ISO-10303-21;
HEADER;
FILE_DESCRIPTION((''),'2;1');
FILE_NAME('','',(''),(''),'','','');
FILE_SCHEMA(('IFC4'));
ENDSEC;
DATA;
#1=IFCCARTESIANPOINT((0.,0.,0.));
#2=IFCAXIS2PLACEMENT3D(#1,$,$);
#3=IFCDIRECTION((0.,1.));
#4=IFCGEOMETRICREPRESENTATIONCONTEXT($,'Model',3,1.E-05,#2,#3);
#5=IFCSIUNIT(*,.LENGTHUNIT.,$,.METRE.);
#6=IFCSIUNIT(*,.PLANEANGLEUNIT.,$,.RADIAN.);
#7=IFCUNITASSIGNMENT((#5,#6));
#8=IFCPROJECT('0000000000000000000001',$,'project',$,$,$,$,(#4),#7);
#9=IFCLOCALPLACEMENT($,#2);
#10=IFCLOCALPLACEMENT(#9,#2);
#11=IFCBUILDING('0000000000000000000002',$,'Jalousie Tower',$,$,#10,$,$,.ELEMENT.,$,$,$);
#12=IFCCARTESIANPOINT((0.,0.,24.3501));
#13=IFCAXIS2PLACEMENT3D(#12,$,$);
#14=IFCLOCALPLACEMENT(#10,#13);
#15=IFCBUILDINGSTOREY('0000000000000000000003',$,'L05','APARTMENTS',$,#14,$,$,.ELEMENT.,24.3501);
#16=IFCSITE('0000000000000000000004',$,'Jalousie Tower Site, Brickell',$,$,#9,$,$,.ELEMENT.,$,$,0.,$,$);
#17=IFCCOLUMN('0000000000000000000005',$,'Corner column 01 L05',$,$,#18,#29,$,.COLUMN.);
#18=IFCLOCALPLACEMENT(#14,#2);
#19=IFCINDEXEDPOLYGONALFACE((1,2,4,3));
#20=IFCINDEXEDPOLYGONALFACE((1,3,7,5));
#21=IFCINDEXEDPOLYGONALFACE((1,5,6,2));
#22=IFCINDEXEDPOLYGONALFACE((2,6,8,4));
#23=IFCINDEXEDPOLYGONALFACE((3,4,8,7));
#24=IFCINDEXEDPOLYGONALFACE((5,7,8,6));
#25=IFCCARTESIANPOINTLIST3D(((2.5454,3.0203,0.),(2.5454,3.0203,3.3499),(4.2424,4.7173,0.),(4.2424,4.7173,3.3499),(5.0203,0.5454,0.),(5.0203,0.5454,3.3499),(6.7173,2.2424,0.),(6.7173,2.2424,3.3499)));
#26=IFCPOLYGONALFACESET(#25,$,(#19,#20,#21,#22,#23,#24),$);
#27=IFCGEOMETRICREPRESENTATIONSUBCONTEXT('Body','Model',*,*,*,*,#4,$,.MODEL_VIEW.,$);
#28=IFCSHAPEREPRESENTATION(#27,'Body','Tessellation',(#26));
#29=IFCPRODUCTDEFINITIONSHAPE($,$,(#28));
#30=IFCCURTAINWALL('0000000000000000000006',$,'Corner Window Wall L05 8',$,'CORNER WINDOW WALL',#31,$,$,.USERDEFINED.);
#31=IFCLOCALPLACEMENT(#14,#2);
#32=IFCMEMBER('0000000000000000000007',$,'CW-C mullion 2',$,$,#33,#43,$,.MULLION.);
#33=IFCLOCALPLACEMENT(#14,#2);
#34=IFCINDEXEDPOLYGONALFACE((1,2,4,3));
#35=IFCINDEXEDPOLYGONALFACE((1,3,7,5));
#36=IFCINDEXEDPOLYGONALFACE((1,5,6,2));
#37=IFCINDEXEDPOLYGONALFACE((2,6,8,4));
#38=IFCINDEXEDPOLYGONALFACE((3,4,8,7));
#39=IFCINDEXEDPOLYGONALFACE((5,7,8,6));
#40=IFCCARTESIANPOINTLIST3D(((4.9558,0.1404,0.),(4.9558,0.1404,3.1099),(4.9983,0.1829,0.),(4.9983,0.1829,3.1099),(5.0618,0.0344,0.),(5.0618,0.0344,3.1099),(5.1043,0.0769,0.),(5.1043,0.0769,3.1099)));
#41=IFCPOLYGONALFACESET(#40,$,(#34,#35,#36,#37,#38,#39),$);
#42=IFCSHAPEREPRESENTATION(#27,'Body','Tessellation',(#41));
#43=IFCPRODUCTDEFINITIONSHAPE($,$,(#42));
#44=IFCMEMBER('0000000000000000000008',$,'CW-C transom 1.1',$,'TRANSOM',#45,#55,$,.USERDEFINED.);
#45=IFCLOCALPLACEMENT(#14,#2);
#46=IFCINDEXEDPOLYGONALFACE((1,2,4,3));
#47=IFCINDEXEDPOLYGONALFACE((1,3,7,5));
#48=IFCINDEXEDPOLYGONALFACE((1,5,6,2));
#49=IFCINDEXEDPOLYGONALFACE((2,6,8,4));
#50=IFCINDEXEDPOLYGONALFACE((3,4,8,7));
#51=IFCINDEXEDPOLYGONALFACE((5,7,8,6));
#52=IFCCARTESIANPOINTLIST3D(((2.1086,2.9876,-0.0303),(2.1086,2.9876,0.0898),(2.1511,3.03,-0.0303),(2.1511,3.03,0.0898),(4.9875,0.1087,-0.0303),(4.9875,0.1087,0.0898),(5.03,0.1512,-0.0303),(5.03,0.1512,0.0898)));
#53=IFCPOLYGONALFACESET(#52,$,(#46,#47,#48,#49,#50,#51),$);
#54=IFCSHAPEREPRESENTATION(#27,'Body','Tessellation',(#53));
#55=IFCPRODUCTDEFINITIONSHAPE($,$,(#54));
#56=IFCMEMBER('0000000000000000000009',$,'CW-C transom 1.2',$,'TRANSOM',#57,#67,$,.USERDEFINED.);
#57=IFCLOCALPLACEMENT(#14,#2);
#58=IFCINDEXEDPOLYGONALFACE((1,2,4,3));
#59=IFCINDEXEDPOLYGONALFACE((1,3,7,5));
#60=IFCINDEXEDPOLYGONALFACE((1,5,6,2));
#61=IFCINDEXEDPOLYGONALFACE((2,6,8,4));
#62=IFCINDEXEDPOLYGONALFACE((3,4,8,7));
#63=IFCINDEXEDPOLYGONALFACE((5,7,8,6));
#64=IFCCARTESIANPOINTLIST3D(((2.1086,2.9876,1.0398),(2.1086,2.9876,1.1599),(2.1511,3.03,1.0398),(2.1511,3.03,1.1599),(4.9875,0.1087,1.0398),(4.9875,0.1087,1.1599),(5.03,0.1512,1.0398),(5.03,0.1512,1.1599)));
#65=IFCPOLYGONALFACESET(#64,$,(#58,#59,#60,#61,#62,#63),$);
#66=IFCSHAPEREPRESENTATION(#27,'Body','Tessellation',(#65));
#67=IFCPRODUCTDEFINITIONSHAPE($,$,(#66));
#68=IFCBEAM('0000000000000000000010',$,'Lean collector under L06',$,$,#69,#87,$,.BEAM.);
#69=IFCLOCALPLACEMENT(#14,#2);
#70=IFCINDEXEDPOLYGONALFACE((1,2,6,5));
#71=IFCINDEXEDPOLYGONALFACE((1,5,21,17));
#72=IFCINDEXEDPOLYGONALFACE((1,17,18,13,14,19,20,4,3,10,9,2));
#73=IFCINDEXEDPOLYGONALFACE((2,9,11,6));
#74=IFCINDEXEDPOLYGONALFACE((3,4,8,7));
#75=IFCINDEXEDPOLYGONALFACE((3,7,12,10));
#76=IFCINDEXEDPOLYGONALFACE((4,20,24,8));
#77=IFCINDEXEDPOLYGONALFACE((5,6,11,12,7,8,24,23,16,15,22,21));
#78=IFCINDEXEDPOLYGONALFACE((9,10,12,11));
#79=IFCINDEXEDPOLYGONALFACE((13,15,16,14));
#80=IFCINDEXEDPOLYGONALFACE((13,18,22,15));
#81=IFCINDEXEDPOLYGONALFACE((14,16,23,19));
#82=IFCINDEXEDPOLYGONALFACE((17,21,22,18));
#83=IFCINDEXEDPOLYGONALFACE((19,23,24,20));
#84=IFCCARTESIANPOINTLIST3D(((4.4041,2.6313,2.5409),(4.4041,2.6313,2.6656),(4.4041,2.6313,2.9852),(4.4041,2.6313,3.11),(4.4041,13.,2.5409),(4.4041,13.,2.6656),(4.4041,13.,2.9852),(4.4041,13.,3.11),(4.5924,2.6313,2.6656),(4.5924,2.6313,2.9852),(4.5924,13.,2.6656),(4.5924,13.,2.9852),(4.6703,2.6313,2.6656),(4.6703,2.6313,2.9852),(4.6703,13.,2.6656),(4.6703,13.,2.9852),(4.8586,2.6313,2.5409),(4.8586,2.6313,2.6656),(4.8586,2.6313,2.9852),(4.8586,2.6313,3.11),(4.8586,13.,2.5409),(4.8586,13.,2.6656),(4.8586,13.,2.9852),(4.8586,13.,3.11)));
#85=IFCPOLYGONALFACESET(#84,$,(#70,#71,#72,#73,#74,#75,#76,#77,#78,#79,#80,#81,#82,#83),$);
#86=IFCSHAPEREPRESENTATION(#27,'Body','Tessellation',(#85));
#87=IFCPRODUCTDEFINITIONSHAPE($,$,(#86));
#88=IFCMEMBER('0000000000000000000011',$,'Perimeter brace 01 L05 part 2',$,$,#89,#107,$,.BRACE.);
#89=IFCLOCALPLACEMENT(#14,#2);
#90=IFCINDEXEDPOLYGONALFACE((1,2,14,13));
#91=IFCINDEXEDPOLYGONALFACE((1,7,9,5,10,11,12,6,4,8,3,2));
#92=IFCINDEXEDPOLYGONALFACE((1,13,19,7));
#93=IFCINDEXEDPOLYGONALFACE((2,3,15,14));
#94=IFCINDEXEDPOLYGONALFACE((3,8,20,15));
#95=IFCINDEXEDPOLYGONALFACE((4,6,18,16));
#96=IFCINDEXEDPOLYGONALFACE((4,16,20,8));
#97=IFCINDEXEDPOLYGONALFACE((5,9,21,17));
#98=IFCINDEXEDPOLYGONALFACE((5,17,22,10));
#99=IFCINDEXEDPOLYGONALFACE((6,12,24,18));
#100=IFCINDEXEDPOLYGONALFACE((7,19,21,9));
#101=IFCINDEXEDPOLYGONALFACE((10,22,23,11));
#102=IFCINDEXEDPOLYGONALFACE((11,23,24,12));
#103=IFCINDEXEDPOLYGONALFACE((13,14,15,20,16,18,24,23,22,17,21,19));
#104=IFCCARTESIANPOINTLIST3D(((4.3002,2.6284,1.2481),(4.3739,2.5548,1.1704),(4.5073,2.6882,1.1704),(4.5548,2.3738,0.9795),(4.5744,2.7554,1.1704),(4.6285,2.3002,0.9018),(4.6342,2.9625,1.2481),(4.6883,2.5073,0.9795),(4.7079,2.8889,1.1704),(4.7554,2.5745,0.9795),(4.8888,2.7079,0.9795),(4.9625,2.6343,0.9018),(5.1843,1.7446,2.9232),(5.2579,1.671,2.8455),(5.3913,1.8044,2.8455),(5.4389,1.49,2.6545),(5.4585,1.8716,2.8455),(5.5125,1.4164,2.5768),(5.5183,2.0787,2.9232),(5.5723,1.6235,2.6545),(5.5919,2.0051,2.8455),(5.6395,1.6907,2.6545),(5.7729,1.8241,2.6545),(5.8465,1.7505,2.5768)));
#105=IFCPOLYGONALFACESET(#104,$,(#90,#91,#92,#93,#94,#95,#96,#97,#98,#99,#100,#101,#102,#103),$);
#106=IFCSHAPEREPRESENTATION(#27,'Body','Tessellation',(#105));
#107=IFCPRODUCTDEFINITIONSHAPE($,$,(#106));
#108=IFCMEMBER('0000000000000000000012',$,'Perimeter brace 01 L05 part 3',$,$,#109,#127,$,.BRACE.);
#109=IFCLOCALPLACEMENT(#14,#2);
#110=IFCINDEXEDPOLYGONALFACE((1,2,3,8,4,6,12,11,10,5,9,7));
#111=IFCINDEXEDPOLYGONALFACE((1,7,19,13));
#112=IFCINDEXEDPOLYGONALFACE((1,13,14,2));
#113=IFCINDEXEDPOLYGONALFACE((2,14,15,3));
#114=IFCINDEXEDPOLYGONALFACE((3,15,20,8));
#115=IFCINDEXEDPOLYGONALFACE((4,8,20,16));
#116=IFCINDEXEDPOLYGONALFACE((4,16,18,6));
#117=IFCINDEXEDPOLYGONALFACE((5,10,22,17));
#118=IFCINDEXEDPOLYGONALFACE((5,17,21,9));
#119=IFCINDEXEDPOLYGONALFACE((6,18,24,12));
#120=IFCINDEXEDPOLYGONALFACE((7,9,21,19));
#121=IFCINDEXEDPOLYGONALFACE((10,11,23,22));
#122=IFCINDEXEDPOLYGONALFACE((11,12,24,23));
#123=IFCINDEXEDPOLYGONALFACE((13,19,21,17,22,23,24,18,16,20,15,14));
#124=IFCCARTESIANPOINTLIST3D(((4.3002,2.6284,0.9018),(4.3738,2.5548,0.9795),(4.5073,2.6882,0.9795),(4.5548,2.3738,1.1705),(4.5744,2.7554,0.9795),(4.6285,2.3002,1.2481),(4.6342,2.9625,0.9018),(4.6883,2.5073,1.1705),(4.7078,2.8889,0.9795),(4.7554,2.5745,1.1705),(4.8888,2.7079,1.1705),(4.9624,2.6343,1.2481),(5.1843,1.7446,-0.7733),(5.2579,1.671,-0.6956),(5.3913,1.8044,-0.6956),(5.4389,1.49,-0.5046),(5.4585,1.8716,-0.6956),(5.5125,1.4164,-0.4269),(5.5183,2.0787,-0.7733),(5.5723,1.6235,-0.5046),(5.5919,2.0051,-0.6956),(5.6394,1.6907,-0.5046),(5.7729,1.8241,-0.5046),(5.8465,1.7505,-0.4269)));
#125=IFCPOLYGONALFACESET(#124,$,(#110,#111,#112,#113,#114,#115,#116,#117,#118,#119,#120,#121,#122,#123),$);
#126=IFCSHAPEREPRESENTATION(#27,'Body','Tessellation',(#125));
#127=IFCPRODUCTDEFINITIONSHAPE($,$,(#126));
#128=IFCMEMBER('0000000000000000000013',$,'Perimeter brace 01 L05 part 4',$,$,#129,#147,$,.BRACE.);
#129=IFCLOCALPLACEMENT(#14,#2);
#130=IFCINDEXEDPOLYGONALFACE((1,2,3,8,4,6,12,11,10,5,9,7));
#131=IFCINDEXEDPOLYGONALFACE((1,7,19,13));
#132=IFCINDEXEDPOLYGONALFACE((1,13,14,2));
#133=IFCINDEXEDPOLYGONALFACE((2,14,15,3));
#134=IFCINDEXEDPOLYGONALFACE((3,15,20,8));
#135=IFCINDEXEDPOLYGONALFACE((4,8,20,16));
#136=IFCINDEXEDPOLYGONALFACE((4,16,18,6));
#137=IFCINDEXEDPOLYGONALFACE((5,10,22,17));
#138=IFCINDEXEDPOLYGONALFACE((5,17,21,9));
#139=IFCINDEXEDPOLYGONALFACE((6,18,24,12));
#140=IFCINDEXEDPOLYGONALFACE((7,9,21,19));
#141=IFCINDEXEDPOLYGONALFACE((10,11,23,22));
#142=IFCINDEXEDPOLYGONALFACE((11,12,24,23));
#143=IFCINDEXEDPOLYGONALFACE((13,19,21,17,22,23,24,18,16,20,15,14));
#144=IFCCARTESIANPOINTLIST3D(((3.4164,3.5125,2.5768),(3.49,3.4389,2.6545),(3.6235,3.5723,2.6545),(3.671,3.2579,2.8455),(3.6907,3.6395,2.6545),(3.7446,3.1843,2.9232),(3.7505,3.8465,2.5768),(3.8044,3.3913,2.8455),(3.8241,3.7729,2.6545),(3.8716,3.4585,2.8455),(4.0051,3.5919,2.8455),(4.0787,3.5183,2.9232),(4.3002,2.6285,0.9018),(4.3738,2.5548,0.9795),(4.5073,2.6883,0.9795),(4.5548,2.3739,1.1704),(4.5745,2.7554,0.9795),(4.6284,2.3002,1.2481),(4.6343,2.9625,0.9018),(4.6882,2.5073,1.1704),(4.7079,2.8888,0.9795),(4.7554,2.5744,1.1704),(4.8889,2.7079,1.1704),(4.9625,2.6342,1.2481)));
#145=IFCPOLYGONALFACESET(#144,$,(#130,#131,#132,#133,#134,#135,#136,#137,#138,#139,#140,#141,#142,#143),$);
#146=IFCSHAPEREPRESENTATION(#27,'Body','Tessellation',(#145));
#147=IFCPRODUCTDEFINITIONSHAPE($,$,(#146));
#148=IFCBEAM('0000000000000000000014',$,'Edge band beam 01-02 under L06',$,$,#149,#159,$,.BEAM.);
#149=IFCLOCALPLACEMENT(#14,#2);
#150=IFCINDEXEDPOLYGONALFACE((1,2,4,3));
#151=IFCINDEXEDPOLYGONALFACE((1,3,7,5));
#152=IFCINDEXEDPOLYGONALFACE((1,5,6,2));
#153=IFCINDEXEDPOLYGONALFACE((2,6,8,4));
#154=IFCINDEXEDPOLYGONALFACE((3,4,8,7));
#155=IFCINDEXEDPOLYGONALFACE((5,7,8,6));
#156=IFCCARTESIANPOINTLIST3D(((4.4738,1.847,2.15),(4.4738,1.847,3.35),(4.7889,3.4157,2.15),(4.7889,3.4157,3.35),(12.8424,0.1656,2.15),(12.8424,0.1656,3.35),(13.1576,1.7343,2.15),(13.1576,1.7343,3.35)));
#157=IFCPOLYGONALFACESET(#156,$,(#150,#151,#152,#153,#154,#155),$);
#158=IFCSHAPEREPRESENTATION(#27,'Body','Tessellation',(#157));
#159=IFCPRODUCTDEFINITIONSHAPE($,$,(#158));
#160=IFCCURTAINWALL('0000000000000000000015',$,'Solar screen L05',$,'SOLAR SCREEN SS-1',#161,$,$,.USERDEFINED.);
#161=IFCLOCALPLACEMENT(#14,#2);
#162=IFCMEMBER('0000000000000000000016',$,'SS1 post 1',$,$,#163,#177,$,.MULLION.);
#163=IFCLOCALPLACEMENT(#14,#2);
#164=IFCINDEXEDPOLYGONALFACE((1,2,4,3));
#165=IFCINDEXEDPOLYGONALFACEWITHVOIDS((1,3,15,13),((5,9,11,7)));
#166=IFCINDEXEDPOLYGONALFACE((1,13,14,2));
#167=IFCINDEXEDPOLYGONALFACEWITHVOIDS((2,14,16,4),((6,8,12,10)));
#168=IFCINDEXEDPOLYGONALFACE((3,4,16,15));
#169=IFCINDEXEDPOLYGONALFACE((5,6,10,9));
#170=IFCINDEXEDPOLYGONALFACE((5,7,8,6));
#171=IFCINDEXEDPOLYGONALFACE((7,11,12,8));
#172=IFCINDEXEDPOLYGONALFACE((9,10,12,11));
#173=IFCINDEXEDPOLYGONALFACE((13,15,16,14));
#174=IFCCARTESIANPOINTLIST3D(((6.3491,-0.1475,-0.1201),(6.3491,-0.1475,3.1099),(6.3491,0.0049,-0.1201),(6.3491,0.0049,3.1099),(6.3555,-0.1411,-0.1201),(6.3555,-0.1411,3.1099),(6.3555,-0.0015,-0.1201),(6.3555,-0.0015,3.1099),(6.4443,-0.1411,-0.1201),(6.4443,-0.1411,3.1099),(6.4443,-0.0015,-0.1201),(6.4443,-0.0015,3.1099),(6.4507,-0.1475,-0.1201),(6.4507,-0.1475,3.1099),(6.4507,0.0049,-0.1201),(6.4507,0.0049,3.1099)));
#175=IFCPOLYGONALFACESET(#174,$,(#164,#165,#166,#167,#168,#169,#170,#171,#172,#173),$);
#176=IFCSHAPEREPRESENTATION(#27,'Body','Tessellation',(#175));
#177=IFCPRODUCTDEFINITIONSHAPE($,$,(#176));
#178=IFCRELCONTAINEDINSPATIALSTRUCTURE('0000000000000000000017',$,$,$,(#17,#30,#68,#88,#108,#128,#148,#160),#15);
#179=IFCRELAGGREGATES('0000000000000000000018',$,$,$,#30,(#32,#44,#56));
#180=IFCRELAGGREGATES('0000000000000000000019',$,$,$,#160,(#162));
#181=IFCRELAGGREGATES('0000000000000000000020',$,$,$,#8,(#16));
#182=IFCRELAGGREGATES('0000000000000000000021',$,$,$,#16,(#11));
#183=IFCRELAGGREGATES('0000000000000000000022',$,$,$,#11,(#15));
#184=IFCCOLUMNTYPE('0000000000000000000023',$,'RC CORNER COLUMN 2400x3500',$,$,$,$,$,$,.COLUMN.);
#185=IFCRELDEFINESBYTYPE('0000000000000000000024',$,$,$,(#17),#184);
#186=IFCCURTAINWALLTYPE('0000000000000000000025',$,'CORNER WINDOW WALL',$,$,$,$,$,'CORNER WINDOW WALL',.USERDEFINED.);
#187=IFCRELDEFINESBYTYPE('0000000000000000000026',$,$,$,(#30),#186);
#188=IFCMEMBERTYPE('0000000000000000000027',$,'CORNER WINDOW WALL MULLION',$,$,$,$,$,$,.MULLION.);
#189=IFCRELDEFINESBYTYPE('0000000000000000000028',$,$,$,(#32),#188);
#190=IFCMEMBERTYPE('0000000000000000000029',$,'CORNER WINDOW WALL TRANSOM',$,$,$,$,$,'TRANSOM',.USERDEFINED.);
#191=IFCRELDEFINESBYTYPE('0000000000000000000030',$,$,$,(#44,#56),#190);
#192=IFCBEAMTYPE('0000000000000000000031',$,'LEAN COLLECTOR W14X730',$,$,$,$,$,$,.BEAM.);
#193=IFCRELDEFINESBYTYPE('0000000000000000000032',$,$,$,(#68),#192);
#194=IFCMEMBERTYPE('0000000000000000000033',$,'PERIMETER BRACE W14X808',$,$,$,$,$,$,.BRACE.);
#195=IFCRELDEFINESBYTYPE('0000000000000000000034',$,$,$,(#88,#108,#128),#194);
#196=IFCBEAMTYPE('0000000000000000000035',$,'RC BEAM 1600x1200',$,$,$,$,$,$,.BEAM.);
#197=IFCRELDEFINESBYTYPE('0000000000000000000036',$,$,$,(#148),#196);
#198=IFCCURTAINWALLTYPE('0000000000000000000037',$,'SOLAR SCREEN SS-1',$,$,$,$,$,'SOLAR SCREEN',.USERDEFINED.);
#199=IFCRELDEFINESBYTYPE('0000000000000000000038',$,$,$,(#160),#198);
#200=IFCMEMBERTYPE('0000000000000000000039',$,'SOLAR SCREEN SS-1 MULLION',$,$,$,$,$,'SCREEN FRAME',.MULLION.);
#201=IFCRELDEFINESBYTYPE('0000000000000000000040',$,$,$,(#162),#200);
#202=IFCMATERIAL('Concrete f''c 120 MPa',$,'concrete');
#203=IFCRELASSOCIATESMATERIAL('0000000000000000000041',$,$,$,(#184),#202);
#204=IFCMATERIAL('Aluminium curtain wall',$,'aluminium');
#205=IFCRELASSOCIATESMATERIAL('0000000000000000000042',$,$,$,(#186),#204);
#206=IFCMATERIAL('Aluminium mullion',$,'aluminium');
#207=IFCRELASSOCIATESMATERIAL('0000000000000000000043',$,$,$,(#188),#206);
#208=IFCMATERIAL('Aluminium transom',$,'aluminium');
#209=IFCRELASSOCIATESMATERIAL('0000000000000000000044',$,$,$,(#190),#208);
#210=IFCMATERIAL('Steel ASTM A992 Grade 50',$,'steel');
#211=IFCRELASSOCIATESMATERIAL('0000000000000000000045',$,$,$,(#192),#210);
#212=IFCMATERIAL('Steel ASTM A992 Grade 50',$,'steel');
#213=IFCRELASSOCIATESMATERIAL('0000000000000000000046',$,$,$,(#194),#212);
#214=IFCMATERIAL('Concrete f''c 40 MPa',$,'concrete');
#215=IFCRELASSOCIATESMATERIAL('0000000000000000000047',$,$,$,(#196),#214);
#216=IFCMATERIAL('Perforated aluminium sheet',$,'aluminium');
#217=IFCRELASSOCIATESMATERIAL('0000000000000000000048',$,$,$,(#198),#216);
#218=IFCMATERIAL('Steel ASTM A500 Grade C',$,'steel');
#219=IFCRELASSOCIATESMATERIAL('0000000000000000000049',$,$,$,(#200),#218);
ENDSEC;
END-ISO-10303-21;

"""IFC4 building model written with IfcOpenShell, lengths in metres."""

from ifc_helpers import new_model, si_unit, direction, frame, origin, origin_2d, place, context, subcontext, project, spatial, rectangle, hollow_rectangle, i_section, extrude, material, material_profile, profile_set, type_object, element, aggregate, save


model = new_model("IFC4")

# Units and contexts
model_context = context("Model", 3, precision=1e-05, world=origin(), true_north=direction((0.0, 1.0)))
body_context = subcontext(model_context, "Body", "Model", "MODEL_VIEW")
ifc_project = project(units=[si_unit("LENGTHUNIT", "METRE"), si_unit("PLANEANGLEUNIT", "RADIAN")], contexts=[model_context])

# Site, building, storey
site_placement = place(None, origin())
site = spatial("IfcSite", under=ifc_project, at=site_placement, Name="Jalousie Tower Site, Brickell", CompositionType="ELEMENT", RefElevation=0.0)
building_placement = place(site_placement, origin())
building = spatial("IfcBuilding", under=site, at=building_placement, Name="Jalousie Tower", CompositionType="ELEMENT")
storey_placement = place(building_placement, frame((0.0, 0.0, 24.3501)))
storey = spatial("IfcBuildingStorey", under=building, at=storey_placement, Name="L05", Description="APARTMENTS", CompositionType="ELEMENT", Elevation=24.3501)

# Column
ifc_material_1 = material(Name="Concrete f'c 120 MPa", Category="concrete")
ifc_material_profile_1 = material_profile(ifc_material_1, rectangle(XDim=2.3999, YDim=3.5, at=origin_2d()), Name="RC 2400x3500")
ifc_profile_set_1 = profile_set([ifc_material_profile_1], Name="Concrete f'c 120 MPa")
column_type = type_object("IfcColumnType", Name="RC CORNER COLUMN 2400x3500", PredefinedType="COLUMN", material=ifc_profile_set_1)
column_placement = place(storey_placement, frame((4.6313, 2.6313, 0.0), z_axis=(0.0, 0.0, 1.0), x_axis=(0.707107, 0.707107, 0.0)))
element("IfcColumn", 1, at=column_placement, inside=storey, type_object=column_type, Name="Corner column 01 L05", PredefinedType="COLUMN", context=body_context, shape_type="SweptSolid", body=[
    extrude(rectangle(XDim=2.3999, YDim=3.5, at=origin_2d()), origin(), (0.0, 0.0, 1.0), 3.3499),
])

# Curtain wall, members
ifc_material_2 = material(Name="Aluminium curtain wall", Category="aluminium")
curtain_wall_type_1 = type_object("IfcCurtainWallType", Name="CORNER WINDOW WALL", ElementType="CORNER WINDOW WALL", PredefinedType="USERDEFINED", material=ifc_material_2)
curtain_wall_1_placement = place(storey_placement, origin())
curtain_wall_1 = element("IfcCurtainWall", 2, at=curtain_wall_1_placement, inside=storey, type_object=curtain_wall_type_1, Name="Corner Window Wall L05 8", ObjectType="CORNER WINDOW WALL", PredefinedType="USERDEFINED")
ifc_material_3 = material(Name="Aluminium mullion", Category="aluminium")
ifc_material_profile_2 = material_profile(ifc_material_3, rectangle(XDim=0.0601, YDim=0.1499, at=origin_2d()), Name="MULLION 60x150")
ifc_profile_set_2 = profile_set([ifc_material_profile_2], Name="Aluminium mullion")
member_type_1 = type_object("IfcMemberType", Name="CORNER WINDOW WALL MULLION", PredefinedType="MULLION", material=ifc_profile_set_2)
member_1_placement = place(storey_placement, frame((5.03, 0.1086, 0.0), z_axis=(0.0, 0.0, 1.0), x_axis=(0.707107, 0.707107, 0.0)))
member_1 = element("IfcMember", 3, at=member_1_placement, type_object=member_type_1, Name="CW-C mullion 2", PredefinedType="MULLION", context=body_context, shape_type="SweptSolid", body=[
    extrude(rectangle(XDim=0.0601, YDim=0.1499, at=origin_2d()), origin(), (0.0, 0.0, 1.0), 3.1099),
])
ifc_material_4 = material(Name="Aluminium transom", Category="aluminium")
ifc_material_profile_3 = material_profile(ifc_material_4, rectangle(XDim=0.0601, YDim=0.1201, at=origin_2d()), Name="TRANSOM 60x120")
ifc_profile_set_3 = profile_set([ifc_material_profile_3], Name="Aluminium transom")
member_type_2 = type_object("IfcMemberType", Name="CORNER WINDOW WALL TRANSOM", ElementType="TRANSOM", PredefinedType="USERDEFINED", material=ifc_profile_set_3)
member_2_placement = place(storey_placement, frame((2.1299, 3.0088, 0.0298), z_axis=(0.707107, -0.707107, 0.0), x_axis=(0.707107, 0.707107, 0.0)))
member_2 = element("IfcMember", 4, at=member_2_placement, type_object=member_type_2, Name="CW-C transom 1.1", ObjectType="TRANSOM", PredefinedType="USERDEFINED", context=body_context, shape_type="SweptSolid", body=[
    extrude(rectangle(XDim=0.0601, YDim=0.1201, at=origin_2d()), origin(), (0.0, 0.0, 1.0), 4.0713),
])
member_3_placement = place(storey_placement, frame((2.1299, 3.0088, 1.0999), z_axis=(0.707107, -0.707107, 0.0), x_axis=(0.707107, 0.707107, 0.0)))
member_3 = element("IfcMember", 5, at=member_3_placement, type_object=member_type_2, Name="CW-C transom 1.2", ObjectType="TRANSOM", PredefinedType="USERDEFINED", context=body_context, shape_type="SweptSolid", body=[
    extrude(rectangle(XDim=0.0601, YDim=0.1201, at=origin_2d()), origin(), (0.0, 0.0, 1.0), 4.0713),
])

# Beam
ifc_material_5 = material(Name="Steel ASTM A992 Grade 50", Category="steel")
ifc_material_profile_4 = material_profile(ifc_material_5, i_section(OverallWidth=0.4546, OverallDepth=0.5691, WebThickness=0.0779, FlangeThickness=0.1248, at=origin_2d()), Name="W14X730")
ifc_profile_set_4 = profile_set([ifc_material_profile_4], Name="Steel ASTM A992 Grade 50")
beam_type_1 = type_object("IfcBeamType", Name="LEAN COLLECTOR W14X730", PredefinedType="BEAM", material=ifc_profile_set_4)
beam_1_placement = place(storey_placement, frame((4.6313, 2.6313, 2.8254), z_axis=(0.0, 1.0, 0.0), x_axis=(-1.0, 0.0, 0.0)))
element("IfcBeam", 6, at=beam_1_placement, inside=storey, type_object=beam_type_1, Name="Lean collector under L06", PredefinedType="BEAM", context=body_context, shape_type="SweptSolid", body=[
    extrude(i_section(OverallWidth=0.4546, OverallDepth=0.5691, WebThickness=0.0779, FlangeThickness=0.1248, at=origin_2d()), origin(), (0.0, 0.0, 1.0), 10.3687),
])

# Members
ifc_material_6 = material(Name="Steel ASTM A992 Grade 50", Category="steel")
ifc_material_profile_5 = material_profile(ifc_material_6, i_section(OverallWidth=0.4724, OverallDepth=0.5791, WebThickness=0.095, FlangeThickness=0.1299, at=origin_2d()), Name="W14X808")
ifc_profile_set_5 = profile_set([ifc_material_profile_5], Name="Steel ASTM A992 Grade 50")
member_type_3 = type_object("IfcMemberType", Name="PERIMETER BRACE W14X808", PredefinedType="BRACE", material=ifc_profile_set_5)
for number, where, z_axis, x_axis, name in (
    (7, (4.6313, 2.6313, 1.075), (0.422969, -0.422852, 0.801432), (0.707009, 0.707204, 0.0), "Perimeter brace 01 L05 part 2"),
    (8, (5.5154, 1.7476, -0.6001), (-0.422969, 0.422852, 0.801432), (-0.707009, -0.707204, 0.0), "Perimeter brace 01 L05 part 3"),
    (9, (4.6313, 2.6313, 1.075), (-0.422852, 0.422969, 0.801432), (-0.707204, -0.707009, 0.0), "Perimeter brace 01 L05 part 4"),
):
    element("IfcMember", number, at=place(storey_placement, frame(where, z_axis=z_axis, x_axis=x_axis)), inside=storey, type_object=member_type_3, Name=name, PredefinedType="BRACE", context=body_context, shape_type="SweptSolid", body=[
        extrude(i_section(OverallWidth=0.4724, OverallDepth=0.5791, WebThickness=0.095, FlangeThickness=0.1299, at=origin_2d()), origin(), (0.0, 0.0, 1.0), 2.0901),
    ])

# Beam
ifc_material_7 = material(Name="Concrete f'c 40 MPa", Category="concrete")
ifc_material_profile_6 = material_profile(ifc_material_7, rectangle(XDim=1.6001, YDim=1.2, at=origin_2d()), Name="RC 1600x1200")
ifc_profile_set_6 = profile_set([ifc_material_profile_6], Name="Concrete f'c 40 MPa")
beam_type_2 = type_object("IfcBeamType", Name="RC BEAM 1600x1200", PredefinedType="BEAM", material=ifc_profile_set_6)
beam_2_placement = place(storey_placement, frame((4.6313, 2.6313, 2.75), z_axis=(0.980408, -0.19698, 0.0), x_axis=(0.19698, 0.980408, 0.0)))
element("IfcBeam", 10, at=beam_2_placement, inside=storey, type_object=beam_type_2, Name="Edge band beam 01-02 under L06", PredefinedType="BEAM", context=body_context, shape_type="SweptSolid", body=[
    extrude(rectangle(XDim=1.6001, YDim=1.2, at=origin_2d()), origin(), (0.0, 0.0, 1.0), 8.5359),
])

# Curtain wall, member
ifc_material_8 = material(Name="Perforated aluminium sheet", Category="aluminium")
curtain_wall_type_2 = type_object("IfcCurtainWallType", Name="SOLAR SCREEN SS-1", ElementType="SOLAR SCREEN", PredefinedType="USERDEFINED", material=ifc_material_8)
curtain_wall_2_placement = place(storey_placement, origin())
curtain_wall_2 = element("IfcCurtainWall", 11, at=curtain_wall_2_placement, inside=storey, type_object=curtain_wall_type_2, Name="Solar screen L05", ObjectType="SOLAR SCREEN SS-1", PredefinedType="USERDEFINED")
ifc_material_9 = material(Name="Steel ASTM A500 Grade C", Category="steel")
ifc_material_profile_7 = material_profile(ifc_material_9, hollow_rectangle(XDim=0.1016, YDim=0.1523, WallThickness=0.0063, at=origin_2d()), Name="HSS6X4X1/4")
ifc_profile_set_7 = profile_set([ifc_material_profile_7], Name="Steel ASTM A500 Grade C")
member_type_4 = type_object("IfcMemberType", Name="SOLAR SCREEN SS-1 MULLION", ElementType="SCREEN FRAME", PredefinedType="MULLION", material=ifc_profile_set_7)
member_4_placement = place(storey_placement, frame((6.3999, -0.0713, -0.1201), z_axis=(0.0, 0.0, 1.0), x_axis=(1.0, 0.0, 0.0)))
member_4 = element("IfcMember", 12, at=member_4_placement, type_object=member_type_4, Name="SS1 post 1", PredefinedType="MULLION", context=body_context, shape_type="SweptSolid", body=[
    extrude(hollow_rectangle(XDim=0.1016, YDim=0.1523, WallThickness=0.0063, at=origin_2d()), origin(), (0.0, 0.0, 1.0), 3.23),
])

aggregate(curtain_wall_1, [member_1, member_2, member_3])

aggregate(curtain_wall_2, [member_4])

save(model, "model.ifc")
